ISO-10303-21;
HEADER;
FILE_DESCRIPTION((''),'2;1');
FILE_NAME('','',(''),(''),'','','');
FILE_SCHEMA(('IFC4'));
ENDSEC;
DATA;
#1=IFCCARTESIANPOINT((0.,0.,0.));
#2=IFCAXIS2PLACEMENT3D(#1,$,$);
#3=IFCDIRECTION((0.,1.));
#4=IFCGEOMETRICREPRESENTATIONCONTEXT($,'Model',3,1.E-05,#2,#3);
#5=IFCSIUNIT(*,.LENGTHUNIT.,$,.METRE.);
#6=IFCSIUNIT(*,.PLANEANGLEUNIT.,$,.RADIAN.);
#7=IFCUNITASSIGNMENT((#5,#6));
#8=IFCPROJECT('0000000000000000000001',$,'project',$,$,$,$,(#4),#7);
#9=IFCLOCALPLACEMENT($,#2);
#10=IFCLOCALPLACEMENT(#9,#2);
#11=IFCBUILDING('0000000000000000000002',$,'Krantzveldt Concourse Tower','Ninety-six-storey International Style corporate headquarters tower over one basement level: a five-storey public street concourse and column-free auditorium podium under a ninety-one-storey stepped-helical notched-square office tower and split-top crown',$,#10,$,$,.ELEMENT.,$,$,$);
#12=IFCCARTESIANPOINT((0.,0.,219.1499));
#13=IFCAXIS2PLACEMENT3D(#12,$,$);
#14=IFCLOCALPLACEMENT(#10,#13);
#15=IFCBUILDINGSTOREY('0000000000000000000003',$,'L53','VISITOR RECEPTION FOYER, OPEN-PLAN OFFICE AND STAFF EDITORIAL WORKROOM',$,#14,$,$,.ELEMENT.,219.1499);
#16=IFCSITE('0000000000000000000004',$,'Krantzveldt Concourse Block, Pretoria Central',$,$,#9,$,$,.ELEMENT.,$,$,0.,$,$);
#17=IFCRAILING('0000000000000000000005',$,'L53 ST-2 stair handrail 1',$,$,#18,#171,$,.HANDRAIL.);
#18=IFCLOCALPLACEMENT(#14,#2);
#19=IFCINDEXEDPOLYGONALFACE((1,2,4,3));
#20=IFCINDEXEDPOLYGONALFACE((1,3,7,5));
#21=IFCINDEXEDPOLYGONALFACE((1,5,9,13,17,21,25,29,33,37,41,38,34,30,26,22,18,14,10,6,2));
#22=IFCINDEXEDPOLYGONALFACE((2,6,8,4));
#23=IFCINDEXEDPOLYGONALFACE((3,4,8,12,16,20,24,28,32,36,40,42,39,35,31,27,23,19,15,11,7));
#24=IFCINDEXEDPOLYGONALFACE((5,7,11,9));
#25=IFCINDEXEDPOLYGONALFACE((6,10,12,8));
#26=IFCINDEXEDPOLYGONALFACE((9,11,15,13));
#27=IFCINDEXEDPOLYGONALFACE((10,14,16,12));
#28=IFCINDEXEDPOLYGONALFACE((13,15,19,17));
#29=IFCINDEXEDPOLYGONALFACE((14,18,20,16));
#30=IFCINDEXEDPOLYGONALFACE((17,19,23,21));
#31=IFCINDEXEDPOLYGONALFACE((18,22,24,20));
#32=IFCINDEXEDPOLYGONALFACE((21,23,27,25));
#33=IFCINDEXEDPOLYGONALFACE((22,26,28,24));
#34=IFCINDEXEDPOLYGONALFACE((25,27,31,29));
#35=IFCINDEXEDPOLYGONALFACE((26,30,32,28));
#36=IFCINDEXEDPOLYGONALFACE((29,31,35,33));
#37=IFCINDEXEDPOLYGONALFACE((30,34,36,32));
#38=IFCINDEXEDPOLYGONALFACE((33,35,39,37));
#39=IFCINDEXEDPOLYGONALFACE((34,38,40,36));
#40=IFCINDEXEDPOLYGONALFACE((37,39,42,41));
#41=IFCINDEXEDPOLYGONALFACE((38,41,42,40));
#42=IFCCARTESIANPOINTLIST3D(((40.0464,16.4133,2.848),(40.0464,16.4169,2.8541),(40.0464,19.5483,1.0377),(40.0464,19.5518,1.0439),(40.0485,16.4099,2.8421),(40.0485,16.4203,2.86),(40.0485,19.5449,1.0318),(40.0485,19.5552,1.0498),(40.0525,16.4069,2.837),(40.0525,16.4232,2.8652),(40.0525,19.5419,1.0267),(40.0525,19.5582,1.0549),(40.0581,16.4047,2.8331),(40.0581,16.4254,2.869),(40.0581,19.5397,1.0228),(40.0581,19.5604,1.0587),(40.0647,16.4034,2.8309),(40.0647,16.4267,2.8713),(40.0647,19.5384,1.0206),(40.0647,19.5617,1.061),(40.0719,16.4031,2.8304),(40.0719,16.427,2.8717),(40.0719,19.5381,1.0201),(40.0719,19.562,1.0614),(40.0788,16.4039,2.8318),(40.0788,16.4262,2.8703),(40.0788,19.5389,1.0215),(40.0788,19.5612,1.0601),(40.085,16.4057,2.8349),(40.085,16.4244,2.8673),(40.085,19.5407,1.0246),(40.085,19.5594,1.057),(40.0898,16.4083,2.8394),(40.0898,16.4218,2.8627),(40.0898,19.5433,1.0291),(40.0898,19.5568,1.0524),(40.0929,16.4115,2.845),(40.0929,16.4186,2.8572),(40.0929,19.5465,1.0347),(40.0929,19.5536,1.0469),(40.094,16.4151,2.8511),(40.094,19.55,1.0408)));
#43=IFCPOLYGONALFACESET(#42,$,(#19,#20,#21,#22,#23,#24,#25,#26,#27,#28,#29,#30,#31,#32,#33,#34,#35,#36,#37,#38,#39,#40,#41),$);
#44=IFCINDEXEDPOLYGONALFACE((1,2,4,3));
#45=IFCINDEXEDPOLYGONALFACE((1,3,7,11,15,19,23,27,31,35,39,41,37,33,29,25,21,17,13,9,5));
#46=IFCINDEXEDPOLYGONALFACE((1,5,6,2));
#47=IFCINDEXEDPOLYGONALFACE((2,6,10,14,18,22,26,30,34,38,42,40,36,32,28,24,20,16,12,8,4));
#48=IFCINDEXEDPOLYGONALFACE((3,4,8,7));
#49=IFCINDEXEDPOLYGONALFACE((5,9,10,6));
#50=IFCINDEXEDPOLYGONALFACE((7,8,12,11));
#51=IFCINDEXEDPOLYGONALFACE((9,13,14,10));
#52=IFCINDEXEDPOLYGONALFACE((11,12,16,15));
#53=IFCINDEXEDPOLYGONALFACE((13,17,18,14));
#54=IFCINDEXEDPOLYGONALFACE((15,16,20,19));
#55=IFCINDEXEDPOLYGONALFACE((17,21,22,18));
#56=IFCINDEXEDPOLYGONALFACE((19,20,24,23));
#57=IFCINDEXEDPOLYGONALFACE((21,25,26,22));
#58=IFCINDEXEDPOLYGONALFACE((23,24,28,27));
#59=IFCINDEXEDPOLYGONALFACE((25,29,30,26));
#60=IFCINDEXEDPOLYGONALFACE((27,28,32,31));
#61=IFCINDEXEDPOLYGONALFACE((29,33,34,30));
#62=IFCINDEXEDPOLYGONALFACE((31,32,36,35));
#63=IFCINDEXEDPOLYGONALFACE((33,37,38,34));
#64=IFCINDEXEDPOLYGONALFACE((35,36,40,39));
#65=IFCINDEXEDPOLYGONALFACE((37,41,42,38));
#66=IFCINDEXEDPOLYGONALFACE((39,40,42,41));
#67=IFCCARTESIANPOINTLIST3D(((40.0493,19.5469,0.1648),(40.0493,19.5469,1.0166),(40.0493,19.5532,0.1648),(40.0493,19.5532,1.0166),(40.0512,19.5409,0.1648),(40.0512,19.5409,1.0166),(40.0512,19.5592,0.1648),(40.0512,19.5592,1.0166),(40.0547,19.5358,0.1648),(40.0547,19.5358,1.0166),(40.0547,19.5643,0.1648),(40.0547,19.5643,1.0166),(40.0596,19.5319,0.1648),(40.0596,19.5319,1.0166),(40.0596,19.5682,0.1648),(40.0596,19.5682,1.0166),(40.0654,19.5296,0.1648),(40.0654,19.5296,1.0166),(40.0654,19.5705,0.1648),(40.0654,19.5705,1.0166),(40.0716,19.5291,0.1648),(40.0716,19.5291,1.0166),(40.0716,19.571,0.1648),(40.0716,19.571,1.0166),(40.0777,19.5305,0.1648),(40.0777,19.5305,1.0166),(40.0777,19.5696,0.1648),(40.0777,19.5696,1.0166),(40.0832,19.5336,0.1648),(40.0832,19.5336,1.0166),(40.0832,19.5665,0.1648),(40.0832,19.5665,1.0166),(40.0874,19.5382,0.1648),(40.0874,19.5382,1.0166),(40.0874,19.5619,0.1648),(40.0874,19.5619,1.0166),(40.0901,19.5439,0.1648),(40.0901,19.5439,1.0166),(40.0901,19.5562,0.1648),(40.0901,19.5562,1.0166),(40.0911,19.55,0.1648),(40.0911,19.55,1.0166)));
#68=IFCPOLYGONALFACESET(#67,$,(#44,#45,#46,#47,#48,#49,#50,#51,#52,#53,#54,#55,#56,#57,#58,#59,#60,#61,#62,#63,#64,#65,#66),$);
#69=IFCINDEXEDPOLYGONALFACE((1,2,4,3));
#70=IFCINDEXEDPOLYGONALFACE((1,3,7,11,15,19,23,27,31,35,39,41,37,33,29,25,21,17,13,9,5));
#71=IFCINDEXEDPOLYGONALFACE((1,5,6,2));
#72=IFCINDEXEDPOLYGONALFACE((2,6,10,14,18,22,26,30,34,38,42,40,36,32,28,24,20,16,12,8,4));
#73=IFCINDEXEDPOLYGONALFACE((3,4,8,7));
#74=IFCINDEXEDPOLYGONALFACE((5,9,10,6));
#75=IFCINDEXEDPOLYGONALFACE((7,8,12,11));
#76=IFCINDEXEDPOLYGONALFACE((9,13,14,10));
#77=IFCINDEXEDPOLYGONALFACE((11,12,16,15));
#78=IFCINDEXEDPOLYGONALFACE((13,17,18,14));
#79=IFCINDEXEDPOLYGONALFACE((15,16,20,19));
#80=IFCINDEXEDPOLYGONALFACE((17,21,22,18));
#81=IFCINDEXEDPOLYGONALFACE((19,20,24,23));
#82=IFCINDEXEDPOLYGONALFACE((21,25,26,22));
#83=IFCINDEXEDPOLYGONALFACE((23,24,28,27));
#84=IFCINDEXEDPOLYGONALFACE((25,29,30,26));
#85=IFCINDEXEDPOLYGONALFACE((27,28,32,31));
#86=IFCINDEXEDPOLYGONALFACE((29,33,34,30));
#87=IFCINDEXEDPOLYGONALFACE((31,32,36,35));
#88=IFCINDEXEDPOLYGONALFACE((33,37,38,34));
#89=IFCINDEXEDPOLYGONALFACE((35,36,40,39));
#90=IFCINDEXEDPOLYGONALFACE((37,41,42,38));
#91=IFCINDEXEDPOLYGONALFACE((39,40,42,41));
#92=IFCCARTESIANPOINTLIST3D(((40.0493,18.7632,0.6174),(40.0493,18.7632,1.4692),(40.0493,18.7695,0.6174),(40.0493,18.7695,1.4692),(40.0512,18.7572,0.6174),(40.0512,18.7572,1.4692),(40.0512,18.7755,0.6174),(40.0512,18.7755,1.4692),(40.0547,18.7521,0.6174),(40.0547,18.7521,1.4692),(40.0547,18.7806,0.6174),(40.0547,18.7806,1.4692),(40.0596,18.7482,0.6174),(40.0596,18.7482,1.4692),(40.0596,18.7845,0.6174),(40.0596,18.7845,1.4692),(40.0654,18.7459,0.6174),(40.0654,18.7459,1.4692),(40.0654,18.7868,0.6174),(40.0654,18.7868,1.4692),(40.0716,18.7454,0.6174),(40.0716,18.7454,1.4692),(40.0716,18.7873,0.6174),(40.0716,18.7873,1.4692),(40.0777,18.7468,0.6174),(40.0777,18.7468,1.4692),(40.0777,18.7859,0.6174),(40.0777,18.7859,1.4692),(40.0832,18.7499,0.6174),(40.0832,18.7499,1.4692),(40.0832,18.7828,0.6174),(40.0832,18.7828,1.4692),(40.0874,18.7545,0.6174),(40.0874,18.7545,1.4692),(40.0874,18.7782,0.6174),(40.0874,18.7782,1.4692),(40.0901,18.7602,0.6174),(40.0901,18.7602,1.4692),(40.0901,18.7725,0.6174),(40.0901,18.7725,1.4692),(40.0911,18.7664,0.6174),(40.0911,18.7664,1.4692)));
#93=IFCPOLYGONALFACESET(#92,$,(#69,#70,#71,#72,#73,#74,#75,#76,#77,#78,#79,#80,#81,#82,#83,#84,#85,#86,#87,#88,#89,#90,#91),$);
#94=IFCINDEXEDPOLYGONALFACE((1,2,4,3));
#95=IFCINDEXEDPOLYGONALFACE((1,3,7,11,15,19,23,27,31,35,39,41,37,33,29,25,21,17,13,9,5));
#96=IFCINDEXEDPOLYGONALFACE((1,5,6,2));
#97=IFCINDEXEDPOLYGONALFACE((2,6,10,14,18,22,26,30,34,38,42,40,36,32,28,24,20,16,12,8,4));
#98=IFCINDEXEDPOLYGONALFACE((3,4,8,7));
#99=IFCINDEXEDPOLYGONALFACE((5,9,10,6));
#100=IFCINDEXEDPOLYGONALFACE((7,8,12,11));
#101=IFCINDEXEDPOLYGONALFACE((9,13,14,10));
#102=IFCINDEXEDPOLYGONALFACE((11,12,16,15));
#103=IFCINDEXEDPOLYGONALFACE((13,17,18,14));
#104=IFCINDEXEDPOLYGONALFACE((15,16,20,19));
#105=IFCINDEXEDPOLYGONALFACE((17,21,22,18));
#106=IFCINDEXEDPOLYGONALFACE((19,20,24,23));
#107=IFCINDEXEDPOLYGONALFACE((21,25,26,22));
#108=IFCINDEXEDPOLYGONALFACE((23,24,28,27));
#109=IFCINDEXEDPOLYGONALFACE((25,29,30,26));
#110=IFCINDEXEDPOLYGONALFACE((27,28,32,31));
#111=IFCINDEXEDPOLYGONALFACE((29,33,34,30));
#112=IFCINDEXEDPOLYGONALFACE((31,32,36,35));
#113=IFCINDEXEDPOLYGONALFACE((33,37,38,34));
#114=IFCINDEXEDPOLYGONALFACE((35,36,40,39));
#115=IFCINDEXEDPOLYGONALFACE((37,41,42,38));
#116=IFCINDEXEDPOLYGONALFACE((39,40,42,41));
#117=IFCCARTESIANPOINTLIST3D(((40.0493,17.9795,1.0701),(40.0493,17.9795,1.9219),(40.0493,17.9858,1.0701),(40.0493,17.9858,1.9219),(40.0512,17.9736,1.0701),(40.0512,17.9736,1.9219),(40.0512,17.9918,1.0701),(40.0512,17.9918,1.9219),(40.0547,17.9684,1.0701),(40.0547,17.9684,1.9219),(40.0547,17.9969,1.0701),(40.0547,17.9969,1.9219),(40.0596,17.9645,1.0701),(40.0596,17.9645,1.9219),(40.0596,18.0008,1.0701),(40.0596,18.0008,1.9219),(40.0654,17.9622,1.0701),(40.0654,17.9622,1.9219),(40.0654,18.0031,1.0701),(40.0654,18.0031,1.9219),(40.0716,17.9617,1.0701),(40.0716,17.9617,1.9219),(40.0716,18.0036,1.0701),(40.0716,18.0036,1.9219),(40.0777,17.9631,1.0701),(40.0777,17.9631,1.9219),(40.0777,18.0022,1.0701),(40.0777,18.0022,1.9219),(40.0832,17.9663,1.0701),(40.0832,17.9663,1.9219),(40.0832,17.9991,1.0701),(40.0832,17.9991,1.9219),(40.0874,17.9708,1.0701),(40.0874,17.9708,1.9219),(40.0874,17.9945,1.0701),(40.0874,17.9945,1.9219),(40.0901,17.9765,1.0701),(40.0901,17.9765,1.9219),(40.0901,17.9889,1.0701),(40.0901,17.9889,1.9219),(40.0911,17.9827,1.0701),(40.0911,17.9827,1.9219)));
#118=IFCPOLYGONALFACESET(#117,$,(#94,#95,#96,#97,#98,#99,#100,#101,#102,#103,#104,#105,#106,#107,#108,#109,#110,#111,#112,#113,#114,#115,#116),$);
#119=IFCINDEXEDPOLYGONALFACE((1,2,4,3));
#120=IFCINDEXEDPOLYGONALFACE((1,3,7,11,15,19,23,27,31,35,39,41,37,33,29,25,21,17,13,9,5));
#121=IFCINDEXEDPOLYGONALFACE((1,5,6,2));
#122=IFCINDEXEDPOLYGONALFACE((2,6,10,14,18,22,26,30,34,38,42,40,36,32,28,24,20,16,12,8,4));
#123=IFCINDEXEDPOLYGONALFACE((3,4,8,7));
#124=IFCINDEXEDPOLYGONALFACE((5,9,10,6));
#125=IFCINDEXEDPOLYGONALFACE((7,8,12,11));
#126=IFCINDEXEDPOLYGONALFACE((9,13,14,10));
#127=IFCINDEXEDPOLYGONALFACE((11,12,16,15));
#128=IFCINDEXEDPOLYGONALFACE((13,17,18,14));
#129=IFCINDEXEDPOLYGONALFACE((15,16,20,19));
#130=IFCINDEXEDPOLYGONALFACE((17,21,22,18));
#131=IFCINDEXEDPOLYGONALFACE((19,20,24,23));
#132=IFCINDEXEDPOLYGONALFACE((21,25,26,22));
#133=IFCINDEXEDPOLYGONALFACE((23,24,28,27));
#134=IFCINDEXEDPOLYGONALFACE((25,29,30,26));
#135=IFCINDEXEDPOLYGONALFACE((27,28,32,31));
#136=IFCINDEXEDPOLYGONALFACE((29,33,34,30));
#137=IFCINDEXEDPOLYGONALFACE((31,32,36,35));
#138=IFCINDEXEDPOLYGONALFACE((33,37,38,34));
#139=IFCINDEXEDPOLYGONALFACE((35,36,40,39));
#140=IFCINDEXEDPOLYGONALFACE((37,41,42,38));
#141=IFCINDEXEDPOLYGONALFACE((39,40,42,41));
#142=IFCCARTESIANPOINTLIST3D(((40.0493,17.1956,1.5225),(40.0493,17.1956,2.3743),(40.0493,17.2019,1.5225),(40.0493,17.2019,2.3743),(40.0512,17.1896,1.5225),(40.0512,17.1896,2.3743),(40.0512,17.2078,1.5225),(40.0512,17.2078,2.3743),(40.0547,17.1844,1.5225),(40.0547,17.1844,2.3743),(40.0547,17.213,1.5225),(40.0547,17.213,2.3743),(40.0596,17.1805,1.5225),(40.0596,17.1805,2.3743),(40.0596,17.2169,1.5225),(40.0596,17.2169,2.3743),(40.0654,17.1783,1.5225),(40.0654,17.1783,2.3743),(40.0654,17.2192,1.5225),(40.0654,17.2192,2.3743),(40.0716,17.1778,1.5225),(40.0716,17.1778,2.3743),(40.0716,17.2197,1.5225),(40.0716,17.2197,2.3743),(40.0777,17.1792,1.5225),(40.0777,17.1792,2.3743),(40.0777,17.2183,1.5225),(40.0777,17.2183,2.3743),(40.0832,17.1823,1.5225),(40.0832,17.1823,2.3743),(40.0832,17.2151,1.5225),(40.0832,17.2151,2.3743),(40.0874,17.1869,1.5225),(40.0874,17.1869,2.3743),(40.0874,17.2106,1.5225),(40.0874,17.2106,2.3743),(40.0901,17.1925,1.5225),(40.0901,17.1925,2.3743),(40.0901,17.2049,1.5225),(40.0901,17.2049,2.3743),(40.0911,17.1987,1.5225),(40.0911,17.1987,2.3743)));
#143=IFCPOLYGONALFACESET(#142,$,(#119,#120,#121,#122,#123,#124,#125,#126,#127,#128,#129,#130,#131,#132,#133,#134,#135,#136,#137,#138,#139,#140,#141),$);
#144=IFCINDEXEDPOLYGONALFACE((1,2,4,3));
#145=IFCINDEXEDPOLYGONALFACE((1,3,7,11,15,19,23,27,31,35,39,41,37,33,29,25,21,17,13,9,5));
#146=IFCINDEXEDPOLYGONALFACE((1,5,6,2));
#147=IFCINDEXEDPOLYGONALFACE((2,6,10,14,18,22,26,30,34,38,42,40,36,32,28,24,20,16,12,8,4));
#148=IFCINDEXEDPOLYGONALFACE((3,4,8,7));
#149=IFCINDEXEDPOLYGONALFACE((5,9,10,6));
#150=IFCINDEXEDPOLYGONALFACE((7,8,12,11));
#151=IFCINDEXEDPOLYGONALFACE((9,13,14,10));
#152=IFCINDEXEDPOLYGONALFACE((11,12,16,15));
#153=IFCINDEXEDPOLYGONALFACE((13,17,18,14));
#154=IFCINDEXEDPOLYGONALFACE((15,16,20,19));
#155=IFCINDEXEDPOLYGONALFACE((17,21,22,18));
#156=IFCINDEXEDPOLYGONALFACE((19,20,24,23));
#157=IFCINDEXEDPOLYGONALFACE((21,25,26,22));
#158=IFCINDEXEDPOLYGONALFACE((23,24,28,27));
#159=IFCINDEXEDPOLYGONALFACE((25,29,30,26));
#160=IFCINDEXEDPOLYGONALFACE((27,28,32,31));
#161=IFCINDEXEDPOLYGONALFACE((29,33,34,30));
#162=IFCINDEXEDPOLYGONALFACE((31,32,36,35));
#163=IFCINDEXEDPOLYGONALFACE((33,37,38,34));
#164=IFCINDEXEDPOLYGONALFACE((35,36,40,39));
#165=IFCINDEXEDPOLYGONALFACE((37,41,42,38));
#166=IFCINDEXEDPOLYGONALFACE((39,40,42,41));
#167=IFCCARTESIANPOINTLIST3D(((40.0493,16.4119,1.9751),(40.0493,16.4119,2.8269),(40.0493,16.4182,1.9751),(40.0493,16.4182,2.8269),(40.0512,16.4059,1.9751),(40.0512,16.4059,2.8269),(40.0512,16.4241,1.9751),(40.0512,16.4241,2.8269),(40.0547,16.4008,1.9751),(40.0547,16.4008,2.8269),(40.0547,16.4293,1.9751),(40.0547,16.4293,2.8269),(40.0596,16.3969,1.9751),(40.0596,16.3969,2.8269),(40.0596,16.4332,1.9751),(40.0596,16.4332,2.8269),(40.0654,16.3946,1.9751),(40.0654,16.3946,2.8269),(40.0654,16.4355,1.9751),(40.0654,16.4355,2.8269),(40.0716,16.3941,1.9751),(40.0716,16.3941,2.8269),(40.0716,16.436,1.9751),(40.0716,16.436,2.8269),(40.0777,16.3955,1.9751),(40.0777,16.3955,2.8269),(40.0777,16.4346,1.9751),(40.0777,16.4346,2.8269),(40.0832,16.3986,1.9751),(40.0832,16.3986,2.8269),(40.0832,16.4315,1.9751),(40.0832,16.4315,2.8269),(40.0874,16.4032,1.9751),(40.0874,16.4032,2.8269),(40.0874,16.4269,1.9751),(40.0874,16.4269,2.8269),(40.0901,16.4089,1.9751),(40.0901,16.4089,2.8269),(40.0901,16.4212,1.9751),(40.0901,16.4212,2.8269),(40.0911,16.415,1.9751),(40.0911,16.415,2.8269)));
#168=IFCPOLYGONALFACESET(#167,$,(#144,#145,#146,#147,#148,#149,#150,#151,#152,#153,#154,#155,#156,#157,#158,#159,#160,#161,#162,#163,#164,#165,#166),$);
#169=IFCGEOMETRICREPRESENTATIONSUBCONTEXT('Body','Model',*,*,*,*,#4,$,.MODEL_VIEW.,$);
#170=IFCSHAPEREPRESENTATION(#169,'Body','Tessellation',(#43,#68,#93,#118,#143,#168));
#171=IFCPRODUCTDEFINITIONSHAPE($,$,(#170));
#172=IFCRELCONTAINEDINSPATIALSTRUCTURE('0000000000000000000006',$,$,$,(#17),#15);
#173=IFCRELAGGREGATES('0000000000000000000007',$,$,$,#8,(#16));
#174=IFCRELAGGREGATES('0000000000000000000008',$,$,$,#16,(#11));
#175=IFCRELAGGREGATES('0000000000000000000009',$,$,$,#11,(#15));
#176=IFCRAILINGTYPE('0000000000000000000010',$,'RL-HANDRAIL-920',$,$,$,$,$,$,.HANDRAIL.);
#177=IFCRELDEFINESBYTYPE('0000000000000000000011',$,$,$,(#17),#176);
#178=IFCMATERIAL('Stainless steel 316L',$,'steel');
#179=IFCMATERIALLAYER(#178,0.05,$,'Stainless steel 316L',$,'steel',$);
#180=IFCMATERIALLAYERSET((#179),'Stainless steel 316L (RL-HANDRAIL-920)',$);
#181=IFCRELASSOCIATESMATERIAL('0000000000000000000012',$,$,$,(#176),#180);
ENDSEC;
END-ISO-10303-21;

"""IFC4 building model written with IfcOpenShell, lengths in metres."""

from ifc_helpers import new_model, si_unit, direction, frame, origin, origin_2d, place, context, subcontext, project, spatial, circle, extrude, material, layer, layer_set, type_object, element, save


model = new_model("IFC4")

# Units and contexts
model_context = context("Model", 3, precision=1e-05, world=origin(), true_north=direction((0.0, 1.0)))
body_context = subcontext(model_context, "Body", "Model", "MODEL_VIEW")
ifc_project = project(units=[si_unit("LENGTHUNIT", "METRE"), si_unit("PLANEANGLEUNIT", "RADIAN")], contexts=[model_context])

# Site, building, storey
site_placement = place(None, origin())
site = spatial("IfcSite", under=ifc_project, at=site_placement, Name="Krantzveldt Concourse Block, Pretoria Central", CompositionType="ELEMENT", RefElevation=0.0)
building_placement = place(site_placement, origin())
building = spatial("IfcBuilding", under=site, at=building_placement, Name="Krantzveldt Concourse Tower", Description="Ninety-six-storey International Style corporate headquarters tower over one basement level: a five-storey public street concourse and column-free auditorium podium under a ninety-one-storey stepped-helical notched-square office tower and split-top crown", CompositionType="ELEMENT")
storey_placement = place(building_placement, frame((0.0, 0.0, 219.1499)))
storey = spatial("IfcBuildingStorey", under=building, at=storey_placement, Name="L53", Description="VISITOR RECEPTION FOYER, OPEN-PLAN OFFICE AND STAFF EDITORIAL WORKROOM", CompositionType="ELEMENT", Elevation=219.1499)

# Shared definitions
ifc_material_1 = material(Name="Stainless steel 316L", Category="steel")

# Railing
ifc_layer_1 = layer(ifc_material_1, 0.05, Name="Stainless steel 316L", Category="steel")
ifc_layer_set_1 = layer_set([ifc_layer_1], Name="Stainless steel 316L (RL-HANDRAIL-920)")
railing_type_1 = type_object("IfcRailingType", Name="RL-HANDRAIL-920", PredefinedType="HANDRAIL", material=ifc_layer_set_1)
railing_1_placement = place(storey_placement, frame((40.0701, 19.55, 0.1648)))
element("IfcRailing", 1, at=railing_1_placement, inside=storey, type_object=railing_type_1, Name="L53 ST-2 stair handrail 1", PredefinedType="HANDRAIL", context=body_context, shape_type="SweptSolid", body=[
    extrude(circle(Radius=0.0239, at=origin_2d()), frame((0.0, 0.0, 0.876), z_axis=(0.0, -0.865989, 0.500063), x_axis=(1.0, 0.0, 0.0)), (0.0, 0.0, 1.0), 3.6201),
    extrude(circle(Radius=0.021, at=origin_2d()), origin(), (0.0, 0.0, 1.0), 0.8518),
    extrude(circle(Radius=0.021, at=origin_2d()), frame((0.0, -0.7837, 0.4526)), (0.0, 0.0, 1.0), 0.8518),
    extrude(circle(Radius=0.021, at=origin_2d()), frame((0.0, -1.5674, 0.9053)), (0.0, 0.0, 1.0), 0.8518),
    extrude(circle(Radius=0.021, at=origin_2d()), frame((0.0, -2.3513, 1.3577)), (0.0, 0.0, 1.0), 0.8518),
    extrude(circle(Radius=0.021, at=origin_2d()), frame((0.0, -3.135, 1.8103)), (0.0, 0.0, 1.0), 0.8518),
])

save(model, "model.ifc")
